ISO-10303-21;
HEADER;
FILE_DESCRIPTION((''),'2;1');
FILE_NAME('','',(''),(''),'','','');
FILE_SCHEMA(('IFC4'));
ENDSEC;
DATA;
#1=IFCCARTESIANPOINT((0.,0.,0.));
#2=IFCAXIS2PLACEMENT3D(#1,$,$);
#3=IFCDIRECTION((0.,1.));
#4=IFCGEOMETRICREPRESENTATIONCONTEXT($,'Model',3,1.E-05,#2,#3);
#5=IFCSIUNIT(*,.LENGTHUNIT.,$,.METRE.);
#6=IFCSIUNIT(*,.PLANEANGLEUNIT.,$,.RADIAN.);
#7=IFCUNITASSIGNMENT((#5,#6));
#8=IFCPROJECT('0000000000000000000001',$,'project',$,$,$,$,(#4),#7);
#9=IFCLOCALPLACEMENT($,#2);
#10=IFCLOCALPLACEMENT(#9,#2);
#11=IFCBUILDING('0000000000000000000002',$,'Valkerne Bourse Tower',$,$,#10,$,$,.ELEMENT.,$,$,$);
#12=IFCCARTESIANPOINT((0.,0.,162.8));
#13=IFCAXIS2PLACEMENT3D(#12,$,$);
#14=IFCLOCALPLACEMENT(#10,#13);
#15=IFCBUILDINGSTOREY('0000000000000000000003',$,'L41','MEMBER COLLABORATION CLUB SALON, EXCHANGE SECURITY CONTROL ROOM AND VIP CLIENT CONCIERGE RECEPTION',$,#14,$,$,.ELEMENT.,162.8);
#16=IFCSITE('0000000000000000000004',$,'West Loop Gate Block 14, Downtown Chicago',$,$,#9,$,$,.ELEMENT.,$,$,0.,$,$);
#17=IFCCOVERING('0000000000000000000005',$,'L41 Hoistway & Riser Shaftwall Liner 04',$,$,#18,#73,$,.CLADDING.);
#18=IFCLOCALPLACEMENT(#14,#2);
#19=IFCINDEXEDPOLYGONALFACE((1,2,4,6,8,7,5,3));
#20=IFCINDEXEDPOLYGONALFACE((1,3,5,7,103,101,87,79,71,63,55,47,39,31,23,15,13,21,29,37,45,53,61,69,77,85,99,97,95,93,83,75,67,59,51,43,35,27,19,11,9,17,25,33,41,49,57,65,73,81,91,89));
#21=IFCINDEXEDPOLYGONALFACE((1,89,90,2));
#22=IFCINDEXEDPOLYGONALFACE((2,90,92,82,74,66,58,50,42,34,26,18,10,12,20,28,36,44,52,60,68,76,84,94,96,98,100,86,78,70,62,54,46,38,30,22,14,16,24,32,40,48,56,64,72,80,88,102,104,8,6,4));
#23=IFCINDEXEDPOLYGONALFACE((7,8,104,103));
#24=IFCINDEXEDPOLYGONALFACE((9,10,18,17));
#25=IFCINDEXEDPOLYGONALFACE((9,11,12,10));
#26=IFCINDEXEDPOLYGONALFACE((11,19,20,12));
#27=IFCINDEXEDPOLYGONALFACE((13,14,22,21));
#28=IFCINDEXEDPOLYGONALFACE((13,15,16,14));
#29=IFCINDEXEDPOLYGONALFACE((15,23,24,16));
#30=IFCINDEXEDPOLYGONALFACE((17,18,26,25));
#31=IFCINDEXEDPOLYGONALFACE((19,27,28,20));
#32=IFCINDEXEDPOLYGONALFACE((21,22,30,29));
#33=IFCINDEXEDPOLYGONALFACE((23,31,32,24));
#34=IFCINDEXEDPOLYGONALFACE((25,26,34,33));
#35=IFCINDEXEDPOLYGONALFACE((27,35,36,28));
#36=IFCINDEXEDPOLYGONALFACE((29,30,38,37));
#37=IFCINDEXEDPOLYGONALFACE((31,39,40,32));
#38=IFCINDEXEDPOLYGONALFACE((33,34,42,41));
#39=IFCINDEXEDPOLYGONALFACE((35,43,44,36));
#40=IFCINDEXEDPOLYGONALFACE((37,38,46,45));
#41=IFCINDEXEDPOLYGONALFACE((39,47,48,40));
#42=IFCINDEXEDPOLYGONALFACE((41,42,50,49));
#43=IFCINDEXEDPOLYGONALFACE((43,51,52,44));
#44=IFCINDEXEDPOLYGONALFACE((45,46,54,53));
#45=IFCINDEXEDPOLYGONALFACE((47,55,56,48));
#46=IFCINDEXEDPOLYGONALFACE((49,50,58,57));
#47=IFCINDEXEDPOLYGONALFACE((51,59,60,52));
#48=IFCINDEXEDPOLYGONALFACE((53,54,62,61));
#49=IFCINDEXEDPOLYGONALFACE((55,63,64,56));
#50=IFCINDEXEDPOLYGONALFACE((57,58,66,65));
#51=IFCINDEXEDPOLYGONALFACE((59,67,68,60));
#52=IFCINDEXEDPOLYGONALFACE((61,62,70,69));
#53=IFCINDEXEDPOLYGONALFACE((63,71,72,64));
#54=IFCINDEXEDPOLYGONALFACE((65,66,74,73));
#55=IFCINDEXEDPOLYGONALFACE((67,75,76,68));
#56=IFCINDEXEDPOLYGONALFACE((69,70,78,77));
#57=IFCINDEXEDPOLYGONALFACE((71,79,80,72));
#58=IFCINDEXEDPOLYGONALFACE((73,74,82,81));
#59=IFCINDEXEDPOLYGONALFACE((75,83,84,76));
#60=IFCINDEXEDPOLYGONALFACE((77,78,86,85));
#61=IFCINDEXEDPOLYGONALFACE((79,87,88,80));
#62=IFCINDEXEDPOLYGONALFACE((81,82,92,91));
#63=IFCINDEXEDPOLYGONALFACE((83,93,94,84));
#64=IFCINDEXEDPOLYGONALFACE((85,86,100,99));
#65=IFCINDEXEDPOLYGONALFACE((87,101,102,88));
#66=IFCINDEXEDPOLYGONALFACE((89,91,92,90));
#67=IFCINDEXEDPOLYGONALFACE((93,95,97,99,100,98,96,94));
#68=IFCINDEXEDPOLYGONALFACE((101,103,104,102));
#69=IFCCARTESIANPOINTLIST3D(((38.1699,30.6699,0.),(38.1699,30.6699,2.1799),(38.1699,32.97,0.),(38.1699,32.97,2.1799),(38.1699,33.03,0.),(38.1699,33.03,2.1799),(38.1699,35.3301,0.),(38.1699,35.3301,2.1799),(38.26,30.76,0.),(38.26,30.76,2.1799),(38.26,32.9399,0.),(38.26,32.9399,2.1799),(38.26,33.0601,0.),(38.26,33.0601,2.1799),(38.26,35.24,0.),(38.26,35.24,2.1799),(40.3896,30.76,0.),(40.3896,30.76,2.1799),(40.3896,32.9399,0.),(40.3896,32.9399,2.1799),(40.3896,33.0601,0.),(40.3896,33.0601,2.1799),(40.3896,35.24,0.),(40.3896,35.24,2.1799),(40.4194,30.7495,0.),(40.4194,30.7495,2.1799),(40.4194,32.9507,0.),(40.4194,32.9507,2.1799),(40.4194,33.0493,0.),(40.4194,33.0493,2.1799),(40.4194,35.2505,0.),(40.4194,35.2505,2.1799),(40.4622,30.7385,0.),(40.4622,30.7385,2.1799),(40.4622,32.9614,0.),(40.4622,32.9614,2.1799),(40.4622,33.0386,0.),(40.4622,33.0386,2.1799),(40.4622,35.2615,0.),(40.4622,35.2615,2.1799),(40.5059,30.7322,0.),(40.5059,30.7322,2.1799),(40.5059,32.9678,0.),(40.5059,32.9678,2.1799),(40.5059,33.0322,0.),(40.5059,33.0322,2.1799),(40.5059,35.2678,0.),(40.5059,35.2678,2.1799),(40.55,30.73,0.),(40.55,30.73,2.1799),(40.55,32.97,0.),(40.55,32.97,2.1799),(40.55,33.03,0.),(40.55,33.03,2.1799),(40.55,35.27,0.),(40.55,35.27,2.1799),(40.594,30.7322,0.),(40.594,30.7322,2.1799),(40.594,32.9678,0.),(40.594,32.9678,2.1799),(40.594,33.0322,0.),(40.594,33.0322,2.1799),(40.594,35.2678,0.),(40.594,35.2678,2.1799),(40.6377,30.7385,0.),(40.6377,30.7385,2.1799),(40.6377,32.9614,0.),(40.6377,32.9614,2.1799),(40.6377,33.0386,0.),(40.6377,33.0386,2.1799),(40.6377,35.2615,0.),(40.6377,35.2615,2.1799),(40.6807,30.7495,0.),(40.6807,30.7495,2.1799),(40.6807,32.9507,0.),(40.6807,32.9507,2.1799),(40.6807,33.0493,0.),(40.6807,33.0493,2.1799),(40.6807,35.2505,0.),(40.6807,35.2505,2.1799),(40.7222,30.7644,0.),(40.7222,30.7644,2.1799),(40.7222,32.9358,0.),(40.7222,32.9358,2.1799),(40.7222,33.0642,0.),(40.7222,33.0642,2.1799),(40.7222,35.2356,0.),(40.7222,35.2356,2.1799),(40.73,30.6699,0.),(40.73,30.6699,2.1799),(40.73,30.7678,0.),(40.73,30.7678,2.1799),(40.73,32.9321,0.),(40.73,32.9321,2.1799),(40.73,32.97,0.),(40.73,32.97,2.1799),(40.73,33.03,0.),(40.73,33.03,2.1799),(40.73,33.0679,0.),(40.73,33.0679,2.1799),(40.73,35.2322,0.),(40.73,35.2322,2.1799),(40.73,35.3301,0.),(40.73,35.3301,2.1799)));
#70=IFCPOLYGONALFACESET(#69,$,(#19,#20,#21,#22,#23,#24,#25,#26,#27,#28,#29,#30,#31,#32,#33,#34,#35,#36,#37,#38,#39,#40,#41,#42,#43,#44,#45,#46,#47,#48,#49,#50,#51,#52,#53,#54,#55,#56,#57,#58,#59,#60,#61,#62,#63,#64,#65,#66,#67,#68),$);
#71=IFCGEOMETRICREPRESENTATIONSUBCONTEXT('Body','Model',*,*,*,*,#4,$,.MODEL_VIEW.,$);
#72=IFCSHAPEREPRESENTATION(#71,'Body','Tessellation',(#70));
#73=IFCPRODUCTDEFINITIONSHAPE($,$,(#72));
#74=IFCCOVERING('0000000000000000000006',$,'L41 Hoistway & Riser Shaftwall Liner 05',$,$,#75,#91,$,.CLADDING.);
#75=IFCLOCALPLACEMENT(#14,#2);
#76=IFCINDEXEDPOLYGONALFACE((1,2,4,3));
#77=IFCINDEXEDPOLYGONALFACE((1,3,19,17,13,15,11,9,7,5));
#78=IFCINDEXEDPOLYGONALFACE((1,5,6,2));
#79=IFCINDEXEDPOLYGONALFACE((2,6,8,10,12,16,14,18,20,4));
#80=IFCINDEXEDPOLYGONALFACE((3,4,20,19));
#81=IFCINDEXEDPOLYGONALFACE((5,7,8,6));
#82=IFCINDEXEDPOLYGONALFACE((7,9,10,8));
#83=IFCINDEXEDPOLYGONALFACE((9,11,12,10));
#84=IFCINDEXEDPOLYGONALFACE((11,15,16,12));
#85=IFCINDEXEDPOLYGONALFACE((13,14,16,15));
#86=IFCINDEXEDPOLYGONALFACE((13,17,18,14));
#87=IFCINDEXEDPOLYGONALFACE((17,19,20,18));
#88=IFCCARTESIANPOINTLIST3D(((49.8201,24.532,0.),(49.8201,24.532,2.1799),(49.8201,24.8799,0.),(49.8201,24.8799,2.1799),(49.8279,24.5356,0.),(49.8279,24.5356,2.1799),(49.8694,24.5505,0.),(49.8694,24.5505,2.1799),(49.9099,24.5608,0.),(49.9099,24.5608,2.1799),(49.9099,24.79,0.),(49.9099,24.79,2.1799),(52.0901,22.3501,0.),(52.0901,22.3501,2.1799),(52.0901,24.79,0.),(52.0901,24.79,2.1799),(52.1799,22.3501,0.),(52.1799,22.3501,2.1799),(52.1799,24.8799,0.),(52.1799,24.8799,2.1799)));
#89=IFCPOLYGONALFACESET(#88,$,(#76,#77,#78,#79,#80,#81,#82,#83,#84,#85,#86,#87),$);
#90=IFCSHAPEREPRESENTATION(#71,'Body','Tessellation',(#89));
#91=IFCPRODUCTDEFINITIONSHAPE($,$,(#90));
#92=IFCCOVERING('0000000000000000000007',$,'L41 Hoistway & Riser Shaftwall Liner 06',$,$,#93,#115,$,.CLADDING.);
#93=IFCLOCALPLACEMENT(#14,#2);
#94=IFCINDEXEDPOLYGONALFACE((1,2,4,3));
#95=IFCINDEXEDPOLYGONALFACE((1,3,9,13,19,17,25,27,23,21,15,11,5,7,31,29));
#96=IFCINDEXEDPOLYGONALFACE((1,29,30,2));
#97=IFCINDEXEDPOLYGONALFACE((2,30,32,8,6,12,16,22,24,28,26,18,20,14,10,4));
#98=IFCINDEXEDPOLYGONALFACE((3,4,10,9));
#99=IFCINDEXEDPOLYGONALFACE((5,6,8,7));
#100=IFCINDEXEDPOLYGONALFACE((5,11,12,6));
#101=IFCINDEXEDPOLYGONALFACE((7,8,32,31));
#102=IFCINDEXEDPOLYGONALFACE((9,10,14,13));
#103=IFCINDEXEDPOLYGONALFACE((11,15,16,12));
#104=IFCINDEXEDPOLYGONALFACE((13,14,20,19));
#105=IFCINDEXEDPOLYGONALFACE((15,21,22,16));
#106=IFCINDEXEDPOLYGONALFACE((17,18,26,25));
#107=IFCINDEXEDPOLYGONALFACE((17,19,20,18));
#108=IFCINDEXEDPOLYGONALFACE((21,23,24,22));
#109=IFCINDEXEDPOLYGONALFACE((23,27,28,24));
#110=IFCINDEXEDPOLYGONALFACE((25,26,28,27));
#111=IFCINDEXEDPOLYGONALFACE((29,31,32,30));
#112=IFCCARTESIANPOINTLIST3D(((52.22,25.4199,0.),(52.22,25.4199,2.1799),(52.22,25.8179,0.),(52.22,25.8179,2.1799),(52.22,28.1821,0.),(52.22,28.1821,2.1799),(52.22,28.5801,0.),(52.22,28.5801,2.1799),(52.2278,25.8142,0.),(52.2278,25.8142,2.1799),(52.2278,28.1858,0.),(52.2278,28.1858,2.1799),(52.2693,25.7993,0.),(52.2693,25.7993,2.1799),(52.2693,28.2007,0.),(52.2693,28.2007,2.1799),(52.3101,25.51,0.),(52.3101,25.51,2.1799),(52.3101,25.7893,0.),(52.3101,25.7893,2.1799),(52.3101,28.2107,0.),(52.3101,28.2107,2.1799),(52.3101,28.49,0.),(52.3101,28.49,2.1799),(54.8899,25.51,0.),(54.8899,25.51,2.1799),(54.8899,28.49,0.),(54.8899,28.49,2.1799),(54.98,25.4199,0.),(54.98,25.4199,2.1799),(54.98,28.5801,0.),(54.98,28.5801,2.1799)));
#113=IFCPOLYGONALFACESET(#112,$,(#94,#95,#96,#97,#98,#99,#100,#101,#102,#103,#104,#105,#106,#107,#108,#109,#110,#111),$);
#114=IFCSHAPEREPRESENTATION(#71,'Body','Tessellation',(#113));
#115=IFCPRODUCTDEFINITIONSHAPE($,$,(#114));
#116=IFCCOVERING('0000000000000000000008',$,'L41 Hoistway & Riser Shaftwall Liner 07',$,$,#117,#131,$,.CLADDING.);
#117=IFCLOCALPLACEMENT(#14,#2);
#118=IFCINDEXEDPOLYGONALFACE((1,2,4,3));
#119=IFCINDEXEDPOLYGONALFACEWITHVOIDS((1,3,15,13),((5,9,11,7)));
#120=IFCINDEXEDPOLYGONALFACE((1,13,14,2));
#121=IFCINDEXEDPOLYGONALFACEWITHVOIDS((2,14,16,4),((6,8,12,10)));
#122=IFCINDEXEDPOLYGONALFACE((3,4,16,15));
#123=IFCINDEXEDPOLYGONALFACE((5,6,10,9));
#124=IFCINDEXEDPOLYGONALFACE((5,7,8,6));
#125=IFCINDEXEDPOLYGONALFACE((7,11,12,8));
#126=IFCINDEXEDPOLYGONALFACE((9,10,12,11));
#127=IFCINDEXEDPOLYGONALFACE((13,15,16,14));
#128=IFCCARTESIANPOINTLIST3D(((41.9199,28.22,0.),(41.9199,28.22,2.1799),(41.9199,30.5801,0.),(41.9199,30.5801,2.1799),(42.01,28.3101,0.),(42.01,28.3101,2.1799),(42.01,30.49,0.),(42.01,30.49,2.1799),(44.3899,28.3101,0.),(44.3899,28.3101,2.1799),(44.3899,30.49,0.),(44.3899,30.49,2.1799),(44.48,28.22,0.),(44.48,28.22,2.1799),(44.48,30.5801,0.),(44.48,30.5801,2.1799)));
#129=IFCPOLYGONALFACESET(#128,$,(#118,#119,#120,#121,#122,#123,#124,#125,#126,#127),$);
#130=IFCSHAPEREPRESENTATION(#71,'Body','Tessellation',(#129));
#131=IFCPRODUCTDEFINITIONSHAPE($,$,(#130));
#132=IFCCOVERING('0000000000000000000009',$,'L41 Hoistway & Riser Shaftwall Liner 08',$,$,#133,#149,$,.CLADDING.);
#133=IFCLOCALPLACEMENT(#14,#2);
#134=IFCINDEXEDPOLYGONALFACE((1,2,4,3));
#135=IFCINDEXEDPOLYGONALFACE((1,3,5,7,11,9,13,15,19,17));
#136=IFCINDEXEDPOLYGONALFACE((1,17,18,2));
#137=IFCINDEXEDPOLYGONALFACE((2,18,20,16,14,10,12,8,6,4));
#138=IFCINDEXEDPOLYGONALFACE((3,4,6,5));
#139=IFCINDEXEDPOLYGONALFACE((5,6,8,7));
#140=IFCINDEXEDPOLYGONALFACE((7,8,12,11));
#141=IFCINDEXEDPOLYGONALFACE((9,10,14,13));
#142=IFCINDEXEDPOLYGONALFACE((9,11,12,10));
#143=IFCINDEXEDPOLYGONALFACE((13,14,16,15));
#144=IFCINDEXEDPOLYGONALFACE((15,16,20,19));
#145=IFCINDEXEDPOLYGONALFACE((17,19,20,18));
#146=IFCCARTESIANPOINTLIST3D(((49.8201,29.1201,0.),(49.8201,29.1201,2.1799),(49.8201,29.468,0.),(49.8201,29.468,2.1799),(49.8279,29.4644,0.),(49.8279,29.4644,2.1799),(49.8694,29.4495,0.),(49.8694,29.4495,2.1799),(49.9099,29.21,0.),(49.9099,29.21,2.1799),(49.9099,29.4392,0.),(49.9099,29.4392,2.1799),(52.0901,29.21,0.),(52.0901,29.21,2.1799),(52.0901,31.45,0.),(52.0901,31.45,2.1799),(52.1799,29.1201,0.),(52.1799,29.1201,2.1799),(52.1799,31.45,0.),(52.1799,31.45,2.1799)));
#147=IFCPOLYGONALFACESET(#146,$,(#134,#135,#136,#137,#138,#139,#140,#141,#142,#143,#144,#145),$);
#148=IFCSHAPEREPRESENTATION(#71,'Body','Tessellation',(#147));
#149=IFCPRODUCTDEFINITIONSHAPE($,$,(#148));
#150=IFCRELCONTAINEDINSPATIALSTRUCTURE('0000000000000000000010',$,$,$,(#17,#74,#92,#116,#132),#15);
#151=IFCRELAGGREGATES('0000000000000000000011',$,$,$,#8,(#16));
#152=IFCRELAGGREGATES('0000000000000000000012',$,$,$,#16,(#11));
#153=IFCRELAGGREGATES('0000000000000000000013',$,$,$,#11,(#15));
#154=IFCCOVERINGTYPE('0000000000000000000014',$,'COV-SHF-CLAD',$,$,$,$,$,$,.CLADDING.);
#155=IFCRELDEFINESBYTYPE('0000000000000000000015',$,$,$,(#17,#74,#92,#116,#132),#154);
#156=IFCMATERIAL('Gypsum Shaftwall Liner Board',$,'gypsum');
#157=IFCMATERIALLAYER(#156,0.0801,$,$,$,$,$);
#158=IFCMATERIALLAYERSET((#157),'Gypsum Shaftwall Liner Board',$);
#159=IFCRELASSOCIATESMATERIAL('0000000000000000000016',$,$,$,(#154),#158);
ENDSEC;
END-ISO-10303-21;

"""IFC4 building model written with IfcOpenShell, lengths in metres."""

from ifc_helpers import new_model, si_unit, direction, frame, origin, place, context, subcontext, project, spatial, polyline, outline, extrude, material, layer, layer_set, type_object, element, save


model = new_model("IFC4")

# Units and contexts
model_context = context("Model", 3, precision=1e-05, world=origin(), true_north=direction((0.0, 1.0)))
body_context = subcontext(model_context, "Body", "Model", "MODEL_VIEW")
ifc_project = project(units=[si_unit("LENGTHUNIT", "METRE"), si_unit("PLANEANGLEUNIT", "RADIAN")], contexts=[model_context])

# Site, building, storey
site_placement = place(None, origin())
site = spatial("IfcSite", under=ifc_project, at=site_placement, Name="West Loop Gate Block 14, Downtown Chicago", CompositionType="ELEMENT", RefElevation=0.0)
building_placement = place(site_placement, origin())
building = spatial("IfcBuilding", under=site, at=building_placement, Name="Valkerne Bourse Tower", CompositionType="ELEMENT")
storey_placement = place(building_placement, frame((0.0, 0.0, 162.8)))
storey = spatial("IfcBuildingStorey", under=building, at=storey_placement, Name="L41", Description="MEMBER COLLABORATION CLUB SALON, EXCHANGE SECURITY CONTROL ROOM AND VIP CLIENT CONCIERGE RECEPTION", CompositionType="ELEMENT", Elevation=162.8)

# Coverings
ifc_material_1 = material(Name="Gypsum Shaftwall Liner Board", Category="gypsum")
ifc_layer_1 = layer(ifc_material_1, 0.0801)
ifc_layer_set_1 = layer_set([ifc_layer_1], Name="Gypsum Shaftwall Liner Board")
covering_type_1 = type_object("IfcCoveringType", Name="COV-SHF-CLAD", PredefinedType="CLADDING", material=ifc_layer_set_1)
covering_1_placement = place(storey_placement, origin())
element("IfcCovering", 1, at=covering_1_placement, inside=storey, type_object=covering_type_1, Name="L41 Hoistway & Riser Shaftwall Liner 04", PredefinedType="CLADDING", context=body_context, shape_type="SweptSolid", body=[
    extrude(outline(polyline([(38.1699, 35.3301), (40.73, 35.3301), (40.73, 35.2322), (40.7222, 35.2356), (40.6807, 35.2505), (40.6377, 35.2615), (40.594, 35.2678), (40.55, 35.27), (40.5059, 35.2678), (40.4622, 35.2615), (40.4194, 35.2505), (40.3896, 35.24), (38.26, 35.24), (38.26, 33.0601), (40.3896, 33.0601), (40.4194, 33.0493), (40.4622, 33.0386), (40.5059, 33.0322), (40.55, 33.03), (40.594, 33.0322), (40.6377, 33.0386), (40.6807, 33.0493), (40.7222, 33.0642), (40.73, 33.0679), (40.73, 33.03), (40.73, 32.97), (40.73, 32.9321), (40.7222, 32.9358), (40.6807, 32.9507), (40.6377, 32.9614), (40.594, 32.9678), (40.55, 32.97), (40.5059, 32.9678), (40.4622, 32.9614), (40.4194, 32.9507), (40.3896, 32.9399), (38.26, 32.9399), (38.26, 30.76), (40.3896, 30.76), (40.4194, 30.7495), (40.4622, 30.7385), (40.5059, 30.7322), (40.55, 30.73), (40.594, 30.7322), (40.6377, 30.7385), (40.6807, 30.7495), (40.7222, 30.7644), (40.73, 30.7678), (40.73, 30.6699), (38.1699, 30.6699), (38.1699, 32.97), (38.1699, 33.03), (38.1699, 35.3301)])), origin(), (0.0, 0.0, 1.0), 2.1799),
])
covering_2_placement = place(storey_placement, origin())
element("IfcCovering", 2, at=covering_2_placement, inside=storey, type_object=covering_type_1, Name="L41 Hoistway & Riser Shaftwall Liner 05", PredefinedType="CLADDING", context=body_context, shape_type="SweptSolid", body=[
    extrude(outline(polyline([(52.1799, 22.3501), (52.0901, 22.3501), (52.0901, 24.79), (49.9099, 24.79), (49.9099, 24.5608), (49.8694, 24.5505), (49.8279, 24.5356), (49.8201, 24.532), (49.8201, 24.8799), (52.1799, 24.8799), (52.1799, 22.3501)])), origin(), (0.0, 0.0, 1.0), 2.1799),
])
covering_3_placement = place(storey_placement, origin())
element("IfcCovering", 3, at=covering_3_placement, inside=storey, type_object=covering_type_1, Name="L41 Hoistway & Riser Shaftwall Liner 06", PredefinedType="CLADDING", context=body_context, shape_type="SweptSolid", body=[
    extrude(outline(polyline([(54.98, 25.4199), (52.22, 25.4199), (52.22, 25.8179), (52.2278, 25.8142), (52.2693, 25.7993), (52.3101, 25.7893), (52.3101, 25.51), (54.8899, 25.51), (54.8899, 28.49), (52.3101, 28.49), (52.3101, 28.2107), (52.2693, 28.2007), (52.2278, 28.1858), (52.22, 28.1821), (52.22, 28.5801), (54.98, 28.5801), (54.98, 25.4199)])), origin(), (0.0, 0.0, 1.0), 2.1799),
])
covering_4_placement = place(storey_placement, origin())
element("IfcCovering", 4, at=covering_4_placement, inside=storey, type_object=covering_type_1, Name="L41 Hoistway & Riser Shaftwall Liner 07", PredefinedType="CLADDING", context=body_context, shape_type="SweptSolid", body=[
    extrude(outline(polyline([(44.48, 28.22), (41.9199, 28.22), (41.9199, 30.5801), (44.48, 30.5801), (44.48, 28.22)]), holes=[polyline([(42.01, 30.49), (42.01, 28.3101), (44.3899, 28.3101), (44.3899, 30.49), (42.01, 30.49)])]), origin(), (0.0, 0.0, 1.0), 2.1799),
])
covering_5_placement = place(storey_placement, origin())
element("IfcCovering", 5, at=covering_5_placement, inside=storey, type_object=covering_type_1, Name="L41 Hoistway & Riser Shaftwall Liner 08", PredefinedType="CLADDING", context=body_context, shape_type="SweptSolid", body=[
    extrude(outline(polyline([(49.8201, 29.1201), (49.8201, 29.468), (49.8279, 29.4644), (49.8694, 29.4495), (49.9099, 29.4392), (49.9099, 29.21), (52.0901, 29.21), (52.0901, 31.45), (52.1799, 31.45), (52.1799, 29.1201), (49.8201, 29.1201)])), origin(), (0.0, 0.0, 1.0), 2.1799),
])

save(model, "model.ifc")
